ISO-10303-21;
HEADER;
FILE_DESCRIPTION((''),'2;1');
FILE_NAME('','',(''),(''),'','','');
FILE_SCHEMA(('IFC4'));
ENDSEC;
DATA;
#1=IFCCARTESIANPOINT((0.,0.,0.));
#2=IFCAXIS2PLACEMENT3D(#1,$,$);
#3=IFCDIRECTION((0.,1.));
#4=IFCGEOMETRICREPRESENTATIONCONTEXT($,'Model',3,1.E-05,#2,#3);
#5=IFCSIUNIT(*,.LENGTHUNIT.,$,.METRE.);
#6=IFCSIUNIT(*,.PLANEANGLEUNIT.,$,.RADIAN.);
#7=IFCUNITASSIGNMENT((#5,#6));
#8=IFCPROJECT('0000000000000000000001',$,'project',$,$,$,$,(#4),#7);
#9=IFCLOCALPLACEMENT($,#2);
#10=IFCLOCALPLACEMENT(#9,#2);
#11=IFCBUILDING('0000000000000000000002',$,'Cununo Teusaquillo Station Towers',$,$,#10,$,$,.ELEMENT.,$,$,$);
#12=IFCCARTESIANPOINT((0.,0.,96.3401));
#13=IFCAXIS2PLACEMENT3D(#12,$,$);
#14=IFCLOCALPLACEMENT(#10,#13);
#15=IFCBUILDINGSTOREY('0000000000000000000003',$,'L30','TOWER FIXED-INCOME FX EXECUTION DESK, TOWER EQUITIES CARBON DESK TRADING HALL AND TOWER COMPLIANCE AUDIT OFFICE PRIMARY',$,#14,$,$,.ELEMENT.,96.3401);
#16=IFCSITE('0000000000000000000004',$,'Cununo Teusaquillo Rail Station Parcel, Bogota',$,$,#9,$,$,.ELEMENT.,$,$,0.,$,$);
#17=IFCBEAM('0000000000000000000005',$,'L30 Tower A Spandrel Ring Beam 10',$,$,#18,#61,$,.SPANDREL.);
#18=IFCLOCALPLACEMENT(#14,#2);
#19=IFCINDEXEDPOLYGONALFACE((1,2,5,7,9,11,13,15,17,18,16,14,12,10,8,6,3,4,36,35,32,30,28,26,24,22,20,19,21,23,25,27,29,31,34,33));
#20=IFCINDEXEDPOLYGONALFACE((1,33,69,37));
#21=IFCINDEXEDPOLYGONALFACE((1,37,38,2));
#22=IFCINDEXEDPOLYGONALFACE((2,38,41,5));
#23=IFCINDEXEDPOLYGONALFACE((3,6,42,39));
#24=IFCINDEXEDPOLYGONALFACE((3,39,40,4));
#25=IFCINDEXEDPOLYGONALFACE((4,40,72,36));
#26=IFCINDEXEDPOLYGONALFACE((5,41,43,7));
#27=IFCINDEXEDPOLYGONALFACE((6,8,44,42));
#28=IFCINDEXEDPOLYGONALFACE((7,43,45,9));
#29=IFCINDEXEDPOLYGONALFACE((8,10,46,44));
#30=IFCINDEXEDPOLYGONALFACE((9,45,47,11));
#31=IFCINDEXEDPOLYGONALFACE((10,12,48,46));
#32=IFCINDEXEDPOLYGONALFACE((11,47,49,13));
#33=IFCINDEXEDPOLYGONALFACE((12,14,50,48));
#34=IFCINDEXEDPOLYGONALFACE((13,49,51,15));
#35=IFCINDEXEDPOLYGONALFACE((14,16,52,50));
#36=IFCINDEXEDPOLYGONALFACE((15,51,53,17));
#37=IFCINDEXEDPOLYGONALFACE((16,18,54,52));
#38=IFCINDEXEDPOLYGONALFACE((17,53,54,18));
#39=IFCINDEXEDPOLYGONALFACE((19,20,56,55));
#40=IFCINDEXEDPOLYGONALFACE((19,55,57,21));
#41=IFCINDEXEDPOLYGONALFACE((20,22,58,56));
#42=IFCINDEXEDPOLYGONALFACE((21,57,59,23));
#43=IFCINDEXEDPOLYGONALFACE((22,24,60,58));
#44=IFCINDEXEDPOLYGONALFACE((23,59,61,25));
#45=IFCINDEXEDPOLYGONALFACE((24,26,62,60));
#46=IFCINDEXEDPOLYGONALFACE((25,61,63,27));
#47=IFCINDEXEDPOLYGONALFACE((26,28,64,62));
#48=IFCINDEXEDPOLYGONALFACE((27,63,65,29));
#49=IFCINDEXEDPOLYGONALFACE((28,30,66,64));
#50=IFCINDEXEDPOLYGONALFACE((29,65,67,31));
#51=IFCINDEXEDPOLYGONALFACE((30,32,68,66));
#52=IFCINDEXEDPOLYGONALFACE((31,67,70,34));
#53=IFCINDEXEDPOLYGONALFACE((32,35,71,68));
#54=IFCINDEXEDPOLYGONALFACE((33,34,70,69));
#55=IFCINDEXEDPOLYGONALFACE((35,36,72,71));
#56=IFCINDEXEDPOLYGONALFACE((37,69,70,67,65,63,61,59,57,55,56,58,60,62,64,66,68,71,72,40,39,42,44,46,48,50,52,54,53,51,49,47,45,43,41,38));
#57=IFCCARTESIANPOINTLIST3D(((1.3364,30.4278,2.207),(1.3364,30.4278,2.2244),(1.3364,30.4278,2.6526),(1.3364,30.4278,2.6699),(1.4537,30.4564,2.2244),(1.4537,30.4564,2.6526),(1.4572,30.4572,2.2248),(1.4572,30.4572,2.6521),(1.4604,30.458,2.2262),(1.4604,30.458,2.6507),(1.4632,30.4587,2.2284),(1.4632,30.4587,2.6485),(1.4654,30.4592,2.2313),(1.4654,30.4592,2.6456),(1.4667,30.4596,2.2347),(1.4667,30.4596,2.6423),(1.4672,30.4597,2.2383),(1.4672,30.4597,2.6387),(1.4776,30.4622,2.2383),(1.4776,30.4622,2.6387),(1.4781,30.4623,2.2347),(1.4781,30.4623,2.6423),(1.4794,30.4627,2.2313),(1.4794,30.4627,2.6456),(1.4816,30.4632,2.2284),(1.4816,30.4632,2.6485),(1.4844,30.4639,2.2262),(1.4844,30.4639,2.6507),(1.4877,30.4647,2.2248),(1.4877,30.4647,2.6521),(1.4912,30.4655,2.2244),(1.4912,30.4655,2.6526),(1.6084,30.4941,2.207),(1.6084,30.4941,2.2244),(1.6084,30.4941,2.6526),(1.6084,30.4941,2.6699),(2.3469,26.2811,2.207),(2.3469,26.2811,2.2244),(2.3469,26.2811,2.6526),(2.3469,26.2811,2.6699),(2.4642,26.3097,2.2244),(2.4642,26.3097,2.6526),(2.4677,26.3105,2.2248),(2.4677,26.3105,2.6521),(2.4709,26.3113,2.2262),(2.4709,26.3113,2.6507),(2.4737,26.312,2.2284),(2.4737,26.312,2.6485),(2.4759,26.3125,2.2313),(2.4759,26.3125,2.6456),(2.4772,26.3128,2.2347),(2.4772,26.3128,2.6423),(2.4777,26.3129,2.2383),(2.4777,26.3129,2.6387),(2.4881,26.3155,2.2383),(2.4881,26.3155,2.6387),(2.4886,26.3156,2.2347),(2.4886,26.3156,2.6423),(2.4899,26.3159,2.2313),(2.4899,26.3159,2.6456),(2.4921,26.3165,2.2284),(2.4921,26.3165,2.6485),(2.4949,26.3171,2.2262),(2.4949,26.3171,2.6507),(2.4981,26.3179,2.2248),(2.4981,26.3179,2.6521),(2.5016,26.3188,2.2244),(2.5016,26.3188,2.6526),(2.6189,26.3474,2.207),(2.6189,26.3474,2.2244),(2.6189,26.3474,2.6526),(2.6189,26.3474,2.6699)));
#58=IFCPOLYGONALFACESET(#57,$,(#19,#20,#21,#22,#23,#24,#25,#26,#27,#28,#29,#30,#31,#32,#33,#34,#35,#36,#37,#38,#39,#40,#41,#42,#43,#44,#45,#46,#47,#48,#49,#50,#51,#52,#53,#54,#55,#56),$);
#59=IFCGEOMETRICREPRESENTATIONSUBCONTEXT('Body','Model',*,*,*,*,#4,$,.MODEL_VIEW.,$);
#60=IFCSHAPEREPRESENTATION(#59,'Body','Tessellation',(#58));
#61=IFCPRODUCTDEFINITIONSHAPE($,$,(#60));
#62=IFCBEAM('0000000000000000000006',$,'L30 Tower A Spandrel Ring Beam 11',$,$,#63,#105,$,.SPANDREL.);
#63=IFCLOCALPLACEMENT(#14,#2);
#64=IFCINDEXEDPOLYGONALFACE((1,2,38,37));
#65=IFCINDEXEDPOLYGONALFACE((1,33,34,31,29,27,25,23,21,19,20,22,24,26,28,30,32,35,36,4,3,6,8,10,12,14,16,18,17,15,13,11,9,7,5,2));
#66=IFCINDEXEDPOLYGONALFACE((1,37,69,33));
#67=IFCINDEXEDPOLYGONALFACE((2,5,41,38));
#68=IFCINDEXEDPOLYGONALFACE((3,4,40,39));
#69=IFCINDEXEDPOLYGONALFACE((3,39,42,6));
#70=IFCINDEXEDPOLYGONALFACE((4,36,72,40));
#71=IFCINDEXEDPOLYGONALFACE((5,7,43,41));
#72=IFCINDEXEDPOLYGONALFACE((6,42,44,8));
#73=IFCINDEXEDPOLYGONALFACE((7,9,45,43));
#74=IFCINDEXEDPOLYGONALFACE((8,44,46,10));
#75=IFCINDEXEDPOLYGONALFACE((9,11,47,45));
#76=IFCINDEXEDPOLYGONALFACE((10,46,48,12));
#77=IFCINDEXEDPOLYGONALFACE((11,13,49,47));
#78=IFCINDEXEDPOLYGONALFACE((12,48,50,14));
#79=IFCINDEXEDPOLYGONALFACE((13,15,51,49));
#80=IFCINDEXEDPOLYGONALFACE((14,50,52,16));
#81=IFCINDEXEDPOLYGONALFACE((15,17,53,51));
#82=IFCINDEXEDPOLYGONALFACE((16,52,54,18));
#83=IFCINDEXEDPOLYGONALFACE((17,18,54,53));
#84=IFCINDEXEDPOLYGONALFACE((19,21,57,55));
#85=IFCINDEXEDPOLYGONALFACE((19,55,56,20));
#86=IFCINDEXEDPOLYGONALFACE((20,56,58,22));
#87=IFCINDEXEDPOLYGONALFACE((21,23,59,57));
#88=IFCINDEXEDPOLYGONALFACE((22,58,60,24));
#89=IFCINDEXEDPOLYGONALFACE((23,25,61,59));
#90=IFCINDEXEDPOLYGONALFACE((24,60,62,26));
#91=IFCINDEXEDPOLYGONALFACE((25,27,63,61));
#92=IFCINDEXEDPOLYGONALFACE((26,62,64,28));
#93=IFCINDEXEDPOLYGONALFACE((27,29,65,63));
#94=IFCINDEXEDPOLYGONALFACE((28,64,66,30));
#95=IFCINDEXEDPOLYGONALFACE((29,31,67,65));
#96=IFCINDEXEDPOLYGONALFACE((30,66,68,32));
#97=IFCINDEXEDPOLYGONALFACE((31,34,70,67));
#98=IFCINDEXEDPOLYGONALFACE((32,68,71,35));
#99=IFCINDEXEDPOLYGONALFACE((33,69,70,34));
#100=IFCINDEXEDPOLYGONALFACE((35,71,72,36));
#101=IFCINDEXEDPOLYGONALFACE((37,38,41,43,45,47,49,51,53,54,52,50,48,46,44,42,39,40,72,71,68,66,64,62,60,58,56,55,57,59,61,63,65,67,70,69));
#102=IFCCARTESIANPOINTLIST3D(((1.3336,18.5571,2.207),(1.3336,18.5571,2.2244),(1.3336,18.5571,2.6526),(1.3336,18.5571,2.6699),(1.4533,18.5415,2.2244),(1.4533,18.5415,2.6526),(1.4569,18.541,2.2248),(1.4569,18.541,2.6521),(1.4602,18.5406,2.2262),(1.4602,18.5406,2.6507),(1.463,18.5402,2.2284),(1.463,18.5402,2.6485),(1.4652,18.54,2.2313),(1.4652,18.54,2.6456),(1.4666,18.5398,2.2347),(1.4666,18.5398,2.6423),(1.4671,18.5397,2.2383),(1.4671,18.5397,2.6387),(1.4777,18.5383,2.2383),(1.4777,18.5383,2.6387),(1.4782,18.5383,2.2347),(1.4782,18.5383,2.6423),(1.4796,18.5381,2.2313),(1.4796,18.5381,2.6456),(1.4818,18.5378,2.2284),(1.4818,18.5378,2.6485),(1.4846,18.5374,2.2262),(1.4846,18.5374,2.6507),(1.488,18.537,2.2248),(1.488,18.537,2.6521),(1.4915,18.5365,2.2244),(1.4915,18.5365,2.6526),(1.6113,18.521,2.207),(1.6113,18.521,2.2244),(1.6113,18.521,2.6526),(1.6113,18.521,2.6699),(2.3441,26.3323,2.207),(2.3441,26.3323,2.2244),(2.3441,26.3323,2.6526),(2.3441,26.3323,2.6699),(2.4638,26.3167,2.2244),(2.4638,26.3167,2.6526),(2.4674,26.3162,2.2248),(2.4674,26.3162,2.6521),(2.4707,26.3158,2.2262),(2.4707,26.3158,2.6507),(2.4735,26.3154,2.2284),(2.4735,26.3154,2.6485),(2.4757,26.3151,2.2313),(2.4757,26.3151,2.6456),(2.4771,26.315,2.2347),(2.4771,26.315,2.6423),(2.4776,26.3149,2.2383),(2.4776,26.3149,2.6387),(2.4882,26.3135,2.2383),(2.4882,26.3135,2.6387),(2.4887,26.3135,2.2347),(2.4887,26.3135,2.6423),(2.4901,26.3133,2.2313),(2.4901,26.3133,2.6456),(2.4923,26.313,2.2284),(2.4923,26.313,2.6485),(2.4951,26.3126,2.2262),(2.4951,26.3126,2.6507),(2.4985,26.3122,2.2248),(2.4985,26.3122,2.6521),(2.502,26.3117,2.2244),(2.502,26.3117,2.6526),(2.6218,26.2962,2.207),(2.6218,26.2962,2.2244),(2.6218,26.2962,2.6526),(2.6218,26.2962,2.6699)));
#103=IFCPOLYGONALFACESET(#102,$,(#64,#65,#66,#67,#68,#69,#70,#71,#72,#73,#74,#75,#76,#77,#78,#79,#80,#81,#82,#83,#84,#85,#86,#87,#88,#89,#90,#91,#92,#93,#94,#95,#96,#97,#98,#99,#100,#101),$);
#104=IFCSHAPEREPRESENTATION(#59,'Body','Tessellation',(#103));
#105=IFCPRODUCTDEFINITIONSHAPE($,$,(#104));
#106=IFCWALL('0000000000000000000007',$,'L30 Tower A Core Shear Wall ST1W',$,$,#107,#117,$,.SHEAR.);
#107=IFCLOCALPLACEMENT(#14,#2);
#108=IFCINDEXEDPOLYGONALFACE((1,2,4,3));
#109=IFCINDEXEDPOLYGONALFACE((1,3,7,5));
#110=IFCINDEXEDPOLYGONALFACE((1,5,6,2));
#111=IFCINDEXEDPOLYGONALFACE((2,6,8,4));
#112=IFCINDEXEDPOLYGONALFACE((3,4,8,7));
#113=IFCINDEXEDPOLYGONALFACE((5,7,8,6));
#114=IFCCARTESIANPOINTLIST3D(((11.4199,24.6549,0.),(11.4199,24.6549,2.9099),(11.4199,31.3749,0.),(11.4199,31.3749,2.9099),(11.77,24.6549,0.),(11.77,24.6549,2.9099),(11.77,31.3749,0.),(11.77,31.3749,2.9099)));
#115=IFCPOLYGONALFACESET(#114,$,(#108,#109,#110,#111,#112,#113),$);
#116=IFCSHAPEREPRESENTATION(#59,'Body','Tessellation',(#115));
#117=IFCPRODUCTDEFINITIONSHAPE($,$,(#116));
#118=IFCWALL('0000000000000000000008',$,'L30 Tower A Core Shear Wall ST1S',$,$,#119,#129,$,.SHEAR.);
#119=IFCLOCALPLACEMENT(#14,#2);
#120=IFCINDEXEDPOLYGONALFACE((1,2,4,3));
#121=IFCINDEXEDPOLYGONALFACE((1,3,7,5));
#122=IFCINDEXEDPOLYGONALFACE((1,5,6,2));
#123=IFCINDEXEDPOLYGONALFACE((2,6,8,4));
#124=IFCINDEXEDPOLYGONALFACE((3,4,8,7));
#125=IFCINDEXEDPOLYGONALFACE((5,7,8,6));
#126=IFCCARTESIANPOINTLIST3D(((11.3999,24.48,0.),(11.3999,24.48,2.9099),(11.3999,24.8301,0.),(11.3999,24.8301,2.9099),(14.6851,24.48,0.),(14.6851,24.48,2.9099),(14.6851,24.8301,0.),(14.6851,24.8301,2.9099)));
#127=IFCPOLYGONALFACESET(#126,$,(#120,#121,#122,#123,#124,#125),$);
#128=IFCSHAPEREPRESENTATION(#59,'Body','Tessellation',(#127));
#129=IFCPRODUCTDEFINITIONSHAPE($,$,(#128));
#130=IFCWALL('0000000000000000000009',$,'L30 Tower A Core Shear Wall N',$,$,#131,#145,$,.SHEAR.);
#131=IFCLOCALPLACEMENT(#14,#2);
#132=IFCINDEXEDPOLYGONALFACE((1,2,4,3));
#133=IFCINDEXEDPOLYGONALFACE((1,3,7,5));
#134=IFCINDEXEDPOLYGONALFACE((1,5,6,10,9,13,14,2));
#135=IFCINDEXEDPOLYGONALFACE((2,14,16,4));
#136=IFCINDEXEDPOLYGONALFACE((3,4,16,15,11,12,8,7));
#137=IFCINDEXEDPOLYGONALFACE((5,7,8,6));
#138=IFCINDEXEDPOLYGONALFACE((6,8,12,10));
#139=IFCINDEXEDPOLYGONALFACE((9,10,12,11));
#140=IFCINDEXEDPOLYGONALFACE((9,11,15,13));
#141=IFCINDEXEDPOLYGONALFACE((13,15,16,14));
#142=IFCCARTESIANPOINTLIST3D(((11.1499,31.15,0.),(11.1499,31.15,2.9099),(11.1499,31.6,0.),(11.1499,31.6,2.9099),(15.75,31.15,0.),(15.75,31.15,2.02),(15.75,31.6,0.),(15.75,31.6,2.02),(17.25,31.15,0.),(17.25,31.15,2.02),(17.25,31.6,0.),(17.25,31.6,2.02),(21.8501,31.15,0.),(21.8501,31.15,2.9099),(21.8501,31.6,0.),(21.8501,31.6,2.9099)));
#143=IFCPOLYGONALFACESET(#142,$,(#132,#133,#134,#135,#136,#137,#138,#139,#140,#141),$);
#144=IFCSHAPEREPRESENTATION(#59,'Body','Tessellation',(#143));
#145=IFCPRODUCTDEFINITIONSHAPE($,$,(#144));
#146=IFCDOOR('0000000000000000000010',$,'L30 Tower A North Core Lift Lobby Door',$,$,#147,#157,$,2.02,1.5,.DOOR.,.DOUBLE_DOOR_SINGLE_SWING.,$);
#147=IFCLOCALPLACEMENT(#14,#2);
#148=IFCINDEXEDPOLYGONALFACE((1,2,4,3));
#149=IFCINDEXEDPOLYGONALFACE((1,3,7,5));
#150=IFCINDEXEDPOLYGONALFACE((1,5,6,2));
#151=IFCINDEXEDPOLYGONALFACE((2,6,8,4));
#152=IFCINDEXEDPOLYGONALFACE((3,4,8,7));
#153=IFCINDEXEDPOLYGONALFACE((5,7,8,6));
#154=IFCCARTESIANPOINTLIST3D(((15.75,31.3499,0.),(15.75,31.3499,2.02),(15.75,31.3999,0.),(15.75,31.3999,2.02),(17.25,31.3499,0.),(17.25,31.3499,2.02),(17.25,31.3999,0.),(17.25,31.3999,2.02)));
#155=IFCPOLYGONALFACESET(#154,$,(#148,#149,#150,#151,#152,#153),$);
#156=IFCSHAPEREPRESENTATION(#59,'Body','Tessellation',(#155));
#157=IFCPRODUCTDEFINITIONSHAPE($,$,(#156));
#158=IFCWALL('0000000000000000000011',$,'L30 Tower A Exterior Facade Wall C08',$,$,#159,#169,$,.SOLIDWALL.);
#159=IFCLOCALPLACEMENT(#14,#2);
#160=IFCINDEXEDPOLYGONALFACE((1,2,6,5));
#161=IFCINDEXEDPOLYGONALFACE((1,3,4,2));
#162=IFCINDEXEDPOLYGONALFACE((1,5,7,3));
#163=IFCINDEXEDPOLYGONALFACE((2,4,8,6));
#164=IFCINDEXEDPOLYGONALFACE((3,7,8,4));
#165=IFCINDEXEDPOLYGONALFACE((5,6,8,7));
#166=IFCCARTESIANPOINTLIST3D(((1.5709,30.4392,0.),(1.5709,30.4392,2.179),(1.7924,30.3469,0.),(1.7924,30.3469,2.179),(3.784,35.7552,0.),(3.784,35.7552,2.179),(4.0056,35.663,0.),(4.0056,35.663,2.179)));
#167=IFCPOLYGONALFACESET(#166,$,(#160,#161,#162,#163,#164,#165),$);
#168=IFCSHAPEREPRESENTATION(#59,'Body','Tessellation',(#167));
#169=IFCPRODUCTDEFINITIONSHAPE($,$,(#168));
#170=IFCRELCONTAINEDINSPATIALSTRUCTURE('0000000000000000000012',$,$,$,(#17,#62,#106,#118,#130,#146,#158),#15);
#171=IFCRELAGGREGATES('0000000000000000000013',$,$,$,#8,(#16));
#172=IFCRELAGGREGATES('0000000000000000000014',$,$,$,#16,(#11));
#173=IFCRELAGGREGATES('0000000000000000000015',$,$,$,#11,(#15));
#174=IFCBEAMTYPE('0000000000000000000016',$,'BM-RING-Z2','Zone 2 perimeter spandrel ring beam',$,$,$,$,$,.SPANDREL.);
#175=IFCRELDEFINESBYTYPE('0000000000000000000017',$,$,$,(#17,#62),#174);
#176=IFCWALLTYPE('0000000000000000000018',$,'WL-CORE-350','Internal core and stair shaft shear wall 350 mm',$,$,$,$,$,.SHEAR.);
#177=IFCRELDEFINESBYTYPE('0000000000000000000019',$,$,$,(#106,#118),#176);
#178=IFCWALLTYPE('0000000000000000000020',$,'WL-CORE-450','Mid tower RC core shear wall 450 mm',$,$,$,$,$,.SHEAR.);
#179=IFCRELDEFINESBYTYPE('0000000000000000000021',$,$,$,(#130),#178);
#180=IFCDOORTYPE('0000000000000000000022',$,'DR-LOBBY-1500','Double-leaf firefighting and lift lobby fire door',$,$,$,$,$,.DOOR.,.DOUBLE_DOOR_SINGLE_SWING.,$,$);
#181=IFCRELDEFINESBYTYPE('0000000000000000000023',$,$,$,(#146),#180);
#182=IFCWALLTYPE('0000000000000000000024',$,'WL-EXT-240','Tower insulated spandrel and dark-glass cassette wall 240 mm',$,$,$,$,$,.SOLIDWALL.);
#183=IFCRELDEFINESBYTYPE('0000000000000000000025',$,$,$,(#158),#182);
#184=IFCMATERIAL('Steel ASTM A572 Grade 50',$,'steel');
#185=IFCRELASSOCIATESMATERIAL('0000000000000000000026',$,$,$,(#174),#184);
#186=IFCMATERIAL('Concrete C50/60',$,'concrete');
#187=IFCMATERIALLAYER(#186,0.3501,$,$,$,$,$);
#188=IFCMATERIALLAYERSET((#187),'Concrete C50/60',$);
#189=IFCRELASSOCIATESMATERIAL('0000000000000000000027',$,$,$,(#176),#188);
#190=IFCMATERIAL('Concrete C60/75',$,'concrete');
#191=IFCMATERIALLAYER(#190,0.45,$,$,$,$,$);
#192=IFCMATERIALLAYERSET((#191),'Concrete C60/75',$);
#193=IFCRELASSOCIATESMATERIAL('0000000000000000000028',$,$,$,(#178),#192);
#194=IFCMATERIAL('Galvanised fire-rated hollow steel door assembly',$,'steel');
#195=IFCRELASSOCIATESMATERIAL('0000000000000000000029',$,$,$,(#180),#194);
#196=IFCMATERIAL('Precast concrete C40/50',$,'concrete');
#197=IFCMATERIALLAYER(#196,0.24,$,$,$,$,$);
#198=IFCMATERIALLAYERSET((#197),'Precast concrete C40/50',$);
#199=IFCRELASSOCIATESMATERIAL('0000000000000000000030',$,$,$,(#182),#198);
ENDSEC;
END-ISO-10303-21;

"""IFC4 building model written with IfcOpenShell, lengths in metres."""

from ifc_helpers import new_model, si_unit, direction, frame, frame_2d, origin, origin_2d, place, context, subcontext, project, spatial, rectangle, i_section, extrude, source, transform, mapped, material, layer, layer_set, material_profile, profile_set, type_object, element, fill, save


model = new_model("IFC4")

# Units and contexts
model_context = context("Model", 3, precision=1e-05, world=origin(), true_north=direction((0.0, 1.0)))
body_context = subcontext(model_context, "Body", "Model", "MODEL_VIEW")
ifc_project = project(units=[si_unit("LENGTHUNIT", "METRE"), si_unit("PLANEANGLEUNIT", "RADIAN")], contexts=[model_context])

# Site, building, storey
site_placement = place(None, origin())
site = spatial("IfcSite", under=ifc_project, at=site_placement, Name="Cununo Teusaquillo Rail Station Parcel, Bogota", CompositionType="ELEMENT", RefElevation=0.0)
building_placement = place(site_placement, origin())
building = spatial("IfcBuilding", under=site, at=building_placement, Name="Cununo Teusaquillo Station Towers", CompositionType="ELEMENT")
storey_placement = place(building_placement, frame((0.0, 0.0, 96.3401)))
storey = spatial("IfcBuildingStorey", under=building, at=storey_placement, Name="L30", Description="TOWER FIXED-INCOME FX EXECUTION DESK, TOWER EQUITIES CARBON DESK TRADING HALL AND TOWER COMPLIANCE AUDIT OFFICE PRIMARY", CompositionType="ELEMENT", Elevation=96.3401)

# Beams
ifc_material_1 = material(Name="Steel ASTM A572 Grade 50", Category="steel")
ifc_material_profile_1 = material_profile(ifc_material_1, i_section(OverallWidth=0.28, OverallDepth=0.4629, WebThickness=0.0107, FlangeThickness=0.0173, FilletRadius=0.0139, at=origin_2d()), Name="W18X76")
ifc_profile_set_1 = profile_set([ifc_material_profile_1], Name="Steel ASTM A572 Grade 50")
beam_type_1 = type_object("IfcBeamType", Name="BM-RING-Z2", Description="Zone 2 perimeter spandrel ring beam", PredefinedType="SPANDREL", material=ifc_profile_set_1)
beam_1_placement = place(storey_placement, frame((1.4724, 30.4609, 2.4385), z_axis=(0.236757, -0.971569, 0.0), x_axis=(0.971569, 0.236757, 0.0)))
element("IfcBeam", 1, at=beam_1_placement, inside=storey, type_object=beam_type_1, Name="L30 Tower A Spandrel Ring Beam 10", PredefinedType="SPANDREL", context=body_context, shape_type="SweptSolid", body=[
    extrude(i_section(OverallWidth=0.28, OverallDepth=0.4629, WebThickness=0.0107, FlangeThickness=0.0173, FilletRadius=0.0139, at=origin_2d()), origin(), (0.0, 0.0, 1.0), 4.2681),
])
beam_2_placement = place(storey_placement, frame((2.4829, 26.3142, 2.4385), z_axis=(-0.128881, -0.99166, 0.0), x_axis=(0.99166, -0.128881, 0.0)))
element("IfcBeam", 2, at=beam_2_placement, inside=storey, type_object=beam_type_1, Name="L30 Tower A Spandrel Ring Beam 11", PredefinedType="SPANDREL", context=body_context, shape_type="SweptSolid", body=[
    extrude(i_section(OverallWidth=0.28, OverallDepth=0.4629, WebThickness=0.0107, FlangeThickness=0.0173, FilletRadius=0.0139, at=origin_2d()), origin(), (0.0, 0.0, 1.0), 7.8406),
])

# Walls
ifc_material_2 = material(Name="Concrete C50/60", Category="concrete")
ifc_layer_1 = layer(ifc_material_2, 0.3501)
ifc_layer_set_1 = layer_set([ifc_layer_1], Name="Concrete C50/60")
wall_type_1 = type_object("IfcWallType", Name="WL-CORE-350", Description="Internal core and stair shaft shear wall 350 mm", PredefinedType="SHEAR", material=ifc_layer_set_1)
wall_1_placement = place(storey_placement, frame((11.595, 24.655, 0.0), z_axis=(0.0, 0.0, 1.0), x_axis=(0.0, 1.0, 0.0)))
element("IfcWall", 3, at=wall_1_placement, inside=storey, type_object=wall_type_1, Name="L30 Tower A Core Shear Wall ST1W", PredefinedType="SHEAR", context=body_context, shape_type="SweptSolid", body=[
    extrude(rectangle(XDim=6.72, YDim=0.3501, at=frame_2d((3.3599, 0.0))), origin(), (0.0, 0.0, 1.0), 2.9099),
])
wall_2_placement = place(storey_placement, frame((11.3999, 24.655, 0.0), z_axis=(0.0, 0.0, 1.0), x_axis=(1.0, 0.0, 0.0)))
element("IfcWall", 4, at=wall_2_placement, inside=storey, type_object=wall_type_1, Name="L30 Tower A Core Shear Wall ST1S", PredefinedType="SHEAR", context=body_context, shape_type="SweptSolid", body=[
    extrude(rectangle(XDim=3.2852, YDim=0.3501, at=frame_2d((1.6426, 0.0))), origin(), (0.0, 0.0, 1.0), 2.9099),
])

# Wall, opening, door
ifc_material_3 = material(Name="Concrete C60/75", Category="concrete")
ifc_layer_2 = layer(ifc_material_3, 0.45)
ifc_layer_set_2 = layer_set([ifc_layer_2], Name="Concrete C60/75")
wall_type_2 = type_object("IfcWallType", Name="WL-CORE-450", Description="Mid tower RC core shear wall 450 mm", PredefinedType="SHEAR", material=ifc_layer_set_2)
wall_3_placement = place(storey_placement, frame((11.1499, 31.375, 0.0), z_axis=(0.0, 0.0, 1.0), x_axis=(1.0, 0.0, 0.0)))
wall_3 = element("IfcWall", 5, at=wall_3_placement, inside=storey, type_object=wall_type_2, Name="L30 Tower A Core Shear Wall N", PredefinedType="SHEAR", context=body_context, shape_type="SweptSolid", body=[
    extrude(rectangle(XDim=10.7002, YDim=0.45, at=frame_2d((5.3501, 0.0))), origin(), (0.0, 0.0, 1.0), 2.9099),
])
shared_shape_1 = source(origin(), body_context, "Body", "SweptSolid", [
    extrude(rectangle(XDim=1.5, YDim=2.02, at=frame_2d((0.75, 1.01))), frame((0.0, 0.2349, 0.0), z_axis=(0.0, -1.0, 0.0), x_axis=(1.0, 0.0, 0.0)), (0.0, 0.0, 1.0), 0.47),
])
opening_1_placement = place(wall_3_placement, frame((4.6001, 0.0, 0.0)))
opening_1 = element("IfcOpeningElement", 6, at=opening_1_placement, cuts=wall_3, PredefinedType="OPENING", context=body_context, shape_type="MappedRepresentation", body=[
    mapped(shared_shape_1, transform((0.0, 0.0, 0.0), x_axis=(1.0, 0.0, 0.0), y_axis=(0.0, 1.0, 0.0), z_axis=(0.0, 0.0, 1.0), scale=1.0)),
])
ifc_material_4 = material(Name="Galvanised fire-rated hollow steel door assembly", Category="steel")
door_type_1 = type_object("IfcDoorType", Name="DR-LOBBY-1500", Description="Double-leaf firefighting and lift lobby fire door", OperationType="DOUBLE_DOOR_SINGLE_SWING", PredefinedType="DOOR", material=ifc_material_4)
shared_shape_2 = source(origin(), body_context, "Body", "SweptSolid", [
    extrude(rectangle(XDim=1.5, YDim=2.02, at=frame_2d((0.75, 1.01))), frame((0.0, 0.0249, 0.0), z_axis=(0.0, -1.0, 0.0), x_axis=(1.0, 0.0, 0.0)), (0.0, 0.0, 1.0), 0.05),
])
door_1_placement = place(opening_1_placement, origin())
door_1 = element("IfcDoor", 7, at=door_1_placement, inside=storey, type_object=door_type_1, Name="L30 Tower A North Core Lift Lobby Door", OperationType="DOUBLE_DOOR_SINGLE_SWING", OverallHeight=2.02, OverallWidth=1.5, PredefinedType="DOOR", context=body_context, shape_type="MappedRepresentation", body=[
    mapped(shared_shape_2, transform((0.0, 0.0, 0.0), x_axis=(1.0, 0.0, 0.0), y_axis=(0.0, 1.0, 0.0), z_axis=(0.0, 0.0, 1.0), scale=1.0)),
])
fill(opening_1, door_1)

# Wall
ifc_material_5 = material(Name="Precast concrete C40/50", Category="concrete")
ifc_layer_3 = layer(ifc_material_5, 0.24)
ifc_layer_set_3 = layer_set([ifc_layer_3], Name="Precast concrete C40/50")
wall_type_3 = type_object("IfcWallType", Name="WL-EXT-240", Description="Tower insulated spandrel and dark-glass cassette wall 240 mm", PredefinedType="SOLIDWALL", material=ifc_layer_set_3)
wall_4_placement = place(storey_placement, frame((1.6816, 30.3931, 0.0), z_axis=(0.0, 0.0, 1.0), x_axis=(0.384344, 0.92319, 0.0)))
element("IfcWall", 8, at=wall_4_placement, inside=storey, type_object=wall_type_3, Name="L30 Tower A Exterior Facade Wall C08", PredefinedType="SOLIDWALL", context=body_context, shape_type="SweptSolid", body=[
    extrude(rectangle(XDim=5.7583, YDim=0.24, at=frame_2d((2.8792, 0.0))), origin(), (0.0, 0.0, 1.0), 2.179),
])

save(model, "model.ifc")
